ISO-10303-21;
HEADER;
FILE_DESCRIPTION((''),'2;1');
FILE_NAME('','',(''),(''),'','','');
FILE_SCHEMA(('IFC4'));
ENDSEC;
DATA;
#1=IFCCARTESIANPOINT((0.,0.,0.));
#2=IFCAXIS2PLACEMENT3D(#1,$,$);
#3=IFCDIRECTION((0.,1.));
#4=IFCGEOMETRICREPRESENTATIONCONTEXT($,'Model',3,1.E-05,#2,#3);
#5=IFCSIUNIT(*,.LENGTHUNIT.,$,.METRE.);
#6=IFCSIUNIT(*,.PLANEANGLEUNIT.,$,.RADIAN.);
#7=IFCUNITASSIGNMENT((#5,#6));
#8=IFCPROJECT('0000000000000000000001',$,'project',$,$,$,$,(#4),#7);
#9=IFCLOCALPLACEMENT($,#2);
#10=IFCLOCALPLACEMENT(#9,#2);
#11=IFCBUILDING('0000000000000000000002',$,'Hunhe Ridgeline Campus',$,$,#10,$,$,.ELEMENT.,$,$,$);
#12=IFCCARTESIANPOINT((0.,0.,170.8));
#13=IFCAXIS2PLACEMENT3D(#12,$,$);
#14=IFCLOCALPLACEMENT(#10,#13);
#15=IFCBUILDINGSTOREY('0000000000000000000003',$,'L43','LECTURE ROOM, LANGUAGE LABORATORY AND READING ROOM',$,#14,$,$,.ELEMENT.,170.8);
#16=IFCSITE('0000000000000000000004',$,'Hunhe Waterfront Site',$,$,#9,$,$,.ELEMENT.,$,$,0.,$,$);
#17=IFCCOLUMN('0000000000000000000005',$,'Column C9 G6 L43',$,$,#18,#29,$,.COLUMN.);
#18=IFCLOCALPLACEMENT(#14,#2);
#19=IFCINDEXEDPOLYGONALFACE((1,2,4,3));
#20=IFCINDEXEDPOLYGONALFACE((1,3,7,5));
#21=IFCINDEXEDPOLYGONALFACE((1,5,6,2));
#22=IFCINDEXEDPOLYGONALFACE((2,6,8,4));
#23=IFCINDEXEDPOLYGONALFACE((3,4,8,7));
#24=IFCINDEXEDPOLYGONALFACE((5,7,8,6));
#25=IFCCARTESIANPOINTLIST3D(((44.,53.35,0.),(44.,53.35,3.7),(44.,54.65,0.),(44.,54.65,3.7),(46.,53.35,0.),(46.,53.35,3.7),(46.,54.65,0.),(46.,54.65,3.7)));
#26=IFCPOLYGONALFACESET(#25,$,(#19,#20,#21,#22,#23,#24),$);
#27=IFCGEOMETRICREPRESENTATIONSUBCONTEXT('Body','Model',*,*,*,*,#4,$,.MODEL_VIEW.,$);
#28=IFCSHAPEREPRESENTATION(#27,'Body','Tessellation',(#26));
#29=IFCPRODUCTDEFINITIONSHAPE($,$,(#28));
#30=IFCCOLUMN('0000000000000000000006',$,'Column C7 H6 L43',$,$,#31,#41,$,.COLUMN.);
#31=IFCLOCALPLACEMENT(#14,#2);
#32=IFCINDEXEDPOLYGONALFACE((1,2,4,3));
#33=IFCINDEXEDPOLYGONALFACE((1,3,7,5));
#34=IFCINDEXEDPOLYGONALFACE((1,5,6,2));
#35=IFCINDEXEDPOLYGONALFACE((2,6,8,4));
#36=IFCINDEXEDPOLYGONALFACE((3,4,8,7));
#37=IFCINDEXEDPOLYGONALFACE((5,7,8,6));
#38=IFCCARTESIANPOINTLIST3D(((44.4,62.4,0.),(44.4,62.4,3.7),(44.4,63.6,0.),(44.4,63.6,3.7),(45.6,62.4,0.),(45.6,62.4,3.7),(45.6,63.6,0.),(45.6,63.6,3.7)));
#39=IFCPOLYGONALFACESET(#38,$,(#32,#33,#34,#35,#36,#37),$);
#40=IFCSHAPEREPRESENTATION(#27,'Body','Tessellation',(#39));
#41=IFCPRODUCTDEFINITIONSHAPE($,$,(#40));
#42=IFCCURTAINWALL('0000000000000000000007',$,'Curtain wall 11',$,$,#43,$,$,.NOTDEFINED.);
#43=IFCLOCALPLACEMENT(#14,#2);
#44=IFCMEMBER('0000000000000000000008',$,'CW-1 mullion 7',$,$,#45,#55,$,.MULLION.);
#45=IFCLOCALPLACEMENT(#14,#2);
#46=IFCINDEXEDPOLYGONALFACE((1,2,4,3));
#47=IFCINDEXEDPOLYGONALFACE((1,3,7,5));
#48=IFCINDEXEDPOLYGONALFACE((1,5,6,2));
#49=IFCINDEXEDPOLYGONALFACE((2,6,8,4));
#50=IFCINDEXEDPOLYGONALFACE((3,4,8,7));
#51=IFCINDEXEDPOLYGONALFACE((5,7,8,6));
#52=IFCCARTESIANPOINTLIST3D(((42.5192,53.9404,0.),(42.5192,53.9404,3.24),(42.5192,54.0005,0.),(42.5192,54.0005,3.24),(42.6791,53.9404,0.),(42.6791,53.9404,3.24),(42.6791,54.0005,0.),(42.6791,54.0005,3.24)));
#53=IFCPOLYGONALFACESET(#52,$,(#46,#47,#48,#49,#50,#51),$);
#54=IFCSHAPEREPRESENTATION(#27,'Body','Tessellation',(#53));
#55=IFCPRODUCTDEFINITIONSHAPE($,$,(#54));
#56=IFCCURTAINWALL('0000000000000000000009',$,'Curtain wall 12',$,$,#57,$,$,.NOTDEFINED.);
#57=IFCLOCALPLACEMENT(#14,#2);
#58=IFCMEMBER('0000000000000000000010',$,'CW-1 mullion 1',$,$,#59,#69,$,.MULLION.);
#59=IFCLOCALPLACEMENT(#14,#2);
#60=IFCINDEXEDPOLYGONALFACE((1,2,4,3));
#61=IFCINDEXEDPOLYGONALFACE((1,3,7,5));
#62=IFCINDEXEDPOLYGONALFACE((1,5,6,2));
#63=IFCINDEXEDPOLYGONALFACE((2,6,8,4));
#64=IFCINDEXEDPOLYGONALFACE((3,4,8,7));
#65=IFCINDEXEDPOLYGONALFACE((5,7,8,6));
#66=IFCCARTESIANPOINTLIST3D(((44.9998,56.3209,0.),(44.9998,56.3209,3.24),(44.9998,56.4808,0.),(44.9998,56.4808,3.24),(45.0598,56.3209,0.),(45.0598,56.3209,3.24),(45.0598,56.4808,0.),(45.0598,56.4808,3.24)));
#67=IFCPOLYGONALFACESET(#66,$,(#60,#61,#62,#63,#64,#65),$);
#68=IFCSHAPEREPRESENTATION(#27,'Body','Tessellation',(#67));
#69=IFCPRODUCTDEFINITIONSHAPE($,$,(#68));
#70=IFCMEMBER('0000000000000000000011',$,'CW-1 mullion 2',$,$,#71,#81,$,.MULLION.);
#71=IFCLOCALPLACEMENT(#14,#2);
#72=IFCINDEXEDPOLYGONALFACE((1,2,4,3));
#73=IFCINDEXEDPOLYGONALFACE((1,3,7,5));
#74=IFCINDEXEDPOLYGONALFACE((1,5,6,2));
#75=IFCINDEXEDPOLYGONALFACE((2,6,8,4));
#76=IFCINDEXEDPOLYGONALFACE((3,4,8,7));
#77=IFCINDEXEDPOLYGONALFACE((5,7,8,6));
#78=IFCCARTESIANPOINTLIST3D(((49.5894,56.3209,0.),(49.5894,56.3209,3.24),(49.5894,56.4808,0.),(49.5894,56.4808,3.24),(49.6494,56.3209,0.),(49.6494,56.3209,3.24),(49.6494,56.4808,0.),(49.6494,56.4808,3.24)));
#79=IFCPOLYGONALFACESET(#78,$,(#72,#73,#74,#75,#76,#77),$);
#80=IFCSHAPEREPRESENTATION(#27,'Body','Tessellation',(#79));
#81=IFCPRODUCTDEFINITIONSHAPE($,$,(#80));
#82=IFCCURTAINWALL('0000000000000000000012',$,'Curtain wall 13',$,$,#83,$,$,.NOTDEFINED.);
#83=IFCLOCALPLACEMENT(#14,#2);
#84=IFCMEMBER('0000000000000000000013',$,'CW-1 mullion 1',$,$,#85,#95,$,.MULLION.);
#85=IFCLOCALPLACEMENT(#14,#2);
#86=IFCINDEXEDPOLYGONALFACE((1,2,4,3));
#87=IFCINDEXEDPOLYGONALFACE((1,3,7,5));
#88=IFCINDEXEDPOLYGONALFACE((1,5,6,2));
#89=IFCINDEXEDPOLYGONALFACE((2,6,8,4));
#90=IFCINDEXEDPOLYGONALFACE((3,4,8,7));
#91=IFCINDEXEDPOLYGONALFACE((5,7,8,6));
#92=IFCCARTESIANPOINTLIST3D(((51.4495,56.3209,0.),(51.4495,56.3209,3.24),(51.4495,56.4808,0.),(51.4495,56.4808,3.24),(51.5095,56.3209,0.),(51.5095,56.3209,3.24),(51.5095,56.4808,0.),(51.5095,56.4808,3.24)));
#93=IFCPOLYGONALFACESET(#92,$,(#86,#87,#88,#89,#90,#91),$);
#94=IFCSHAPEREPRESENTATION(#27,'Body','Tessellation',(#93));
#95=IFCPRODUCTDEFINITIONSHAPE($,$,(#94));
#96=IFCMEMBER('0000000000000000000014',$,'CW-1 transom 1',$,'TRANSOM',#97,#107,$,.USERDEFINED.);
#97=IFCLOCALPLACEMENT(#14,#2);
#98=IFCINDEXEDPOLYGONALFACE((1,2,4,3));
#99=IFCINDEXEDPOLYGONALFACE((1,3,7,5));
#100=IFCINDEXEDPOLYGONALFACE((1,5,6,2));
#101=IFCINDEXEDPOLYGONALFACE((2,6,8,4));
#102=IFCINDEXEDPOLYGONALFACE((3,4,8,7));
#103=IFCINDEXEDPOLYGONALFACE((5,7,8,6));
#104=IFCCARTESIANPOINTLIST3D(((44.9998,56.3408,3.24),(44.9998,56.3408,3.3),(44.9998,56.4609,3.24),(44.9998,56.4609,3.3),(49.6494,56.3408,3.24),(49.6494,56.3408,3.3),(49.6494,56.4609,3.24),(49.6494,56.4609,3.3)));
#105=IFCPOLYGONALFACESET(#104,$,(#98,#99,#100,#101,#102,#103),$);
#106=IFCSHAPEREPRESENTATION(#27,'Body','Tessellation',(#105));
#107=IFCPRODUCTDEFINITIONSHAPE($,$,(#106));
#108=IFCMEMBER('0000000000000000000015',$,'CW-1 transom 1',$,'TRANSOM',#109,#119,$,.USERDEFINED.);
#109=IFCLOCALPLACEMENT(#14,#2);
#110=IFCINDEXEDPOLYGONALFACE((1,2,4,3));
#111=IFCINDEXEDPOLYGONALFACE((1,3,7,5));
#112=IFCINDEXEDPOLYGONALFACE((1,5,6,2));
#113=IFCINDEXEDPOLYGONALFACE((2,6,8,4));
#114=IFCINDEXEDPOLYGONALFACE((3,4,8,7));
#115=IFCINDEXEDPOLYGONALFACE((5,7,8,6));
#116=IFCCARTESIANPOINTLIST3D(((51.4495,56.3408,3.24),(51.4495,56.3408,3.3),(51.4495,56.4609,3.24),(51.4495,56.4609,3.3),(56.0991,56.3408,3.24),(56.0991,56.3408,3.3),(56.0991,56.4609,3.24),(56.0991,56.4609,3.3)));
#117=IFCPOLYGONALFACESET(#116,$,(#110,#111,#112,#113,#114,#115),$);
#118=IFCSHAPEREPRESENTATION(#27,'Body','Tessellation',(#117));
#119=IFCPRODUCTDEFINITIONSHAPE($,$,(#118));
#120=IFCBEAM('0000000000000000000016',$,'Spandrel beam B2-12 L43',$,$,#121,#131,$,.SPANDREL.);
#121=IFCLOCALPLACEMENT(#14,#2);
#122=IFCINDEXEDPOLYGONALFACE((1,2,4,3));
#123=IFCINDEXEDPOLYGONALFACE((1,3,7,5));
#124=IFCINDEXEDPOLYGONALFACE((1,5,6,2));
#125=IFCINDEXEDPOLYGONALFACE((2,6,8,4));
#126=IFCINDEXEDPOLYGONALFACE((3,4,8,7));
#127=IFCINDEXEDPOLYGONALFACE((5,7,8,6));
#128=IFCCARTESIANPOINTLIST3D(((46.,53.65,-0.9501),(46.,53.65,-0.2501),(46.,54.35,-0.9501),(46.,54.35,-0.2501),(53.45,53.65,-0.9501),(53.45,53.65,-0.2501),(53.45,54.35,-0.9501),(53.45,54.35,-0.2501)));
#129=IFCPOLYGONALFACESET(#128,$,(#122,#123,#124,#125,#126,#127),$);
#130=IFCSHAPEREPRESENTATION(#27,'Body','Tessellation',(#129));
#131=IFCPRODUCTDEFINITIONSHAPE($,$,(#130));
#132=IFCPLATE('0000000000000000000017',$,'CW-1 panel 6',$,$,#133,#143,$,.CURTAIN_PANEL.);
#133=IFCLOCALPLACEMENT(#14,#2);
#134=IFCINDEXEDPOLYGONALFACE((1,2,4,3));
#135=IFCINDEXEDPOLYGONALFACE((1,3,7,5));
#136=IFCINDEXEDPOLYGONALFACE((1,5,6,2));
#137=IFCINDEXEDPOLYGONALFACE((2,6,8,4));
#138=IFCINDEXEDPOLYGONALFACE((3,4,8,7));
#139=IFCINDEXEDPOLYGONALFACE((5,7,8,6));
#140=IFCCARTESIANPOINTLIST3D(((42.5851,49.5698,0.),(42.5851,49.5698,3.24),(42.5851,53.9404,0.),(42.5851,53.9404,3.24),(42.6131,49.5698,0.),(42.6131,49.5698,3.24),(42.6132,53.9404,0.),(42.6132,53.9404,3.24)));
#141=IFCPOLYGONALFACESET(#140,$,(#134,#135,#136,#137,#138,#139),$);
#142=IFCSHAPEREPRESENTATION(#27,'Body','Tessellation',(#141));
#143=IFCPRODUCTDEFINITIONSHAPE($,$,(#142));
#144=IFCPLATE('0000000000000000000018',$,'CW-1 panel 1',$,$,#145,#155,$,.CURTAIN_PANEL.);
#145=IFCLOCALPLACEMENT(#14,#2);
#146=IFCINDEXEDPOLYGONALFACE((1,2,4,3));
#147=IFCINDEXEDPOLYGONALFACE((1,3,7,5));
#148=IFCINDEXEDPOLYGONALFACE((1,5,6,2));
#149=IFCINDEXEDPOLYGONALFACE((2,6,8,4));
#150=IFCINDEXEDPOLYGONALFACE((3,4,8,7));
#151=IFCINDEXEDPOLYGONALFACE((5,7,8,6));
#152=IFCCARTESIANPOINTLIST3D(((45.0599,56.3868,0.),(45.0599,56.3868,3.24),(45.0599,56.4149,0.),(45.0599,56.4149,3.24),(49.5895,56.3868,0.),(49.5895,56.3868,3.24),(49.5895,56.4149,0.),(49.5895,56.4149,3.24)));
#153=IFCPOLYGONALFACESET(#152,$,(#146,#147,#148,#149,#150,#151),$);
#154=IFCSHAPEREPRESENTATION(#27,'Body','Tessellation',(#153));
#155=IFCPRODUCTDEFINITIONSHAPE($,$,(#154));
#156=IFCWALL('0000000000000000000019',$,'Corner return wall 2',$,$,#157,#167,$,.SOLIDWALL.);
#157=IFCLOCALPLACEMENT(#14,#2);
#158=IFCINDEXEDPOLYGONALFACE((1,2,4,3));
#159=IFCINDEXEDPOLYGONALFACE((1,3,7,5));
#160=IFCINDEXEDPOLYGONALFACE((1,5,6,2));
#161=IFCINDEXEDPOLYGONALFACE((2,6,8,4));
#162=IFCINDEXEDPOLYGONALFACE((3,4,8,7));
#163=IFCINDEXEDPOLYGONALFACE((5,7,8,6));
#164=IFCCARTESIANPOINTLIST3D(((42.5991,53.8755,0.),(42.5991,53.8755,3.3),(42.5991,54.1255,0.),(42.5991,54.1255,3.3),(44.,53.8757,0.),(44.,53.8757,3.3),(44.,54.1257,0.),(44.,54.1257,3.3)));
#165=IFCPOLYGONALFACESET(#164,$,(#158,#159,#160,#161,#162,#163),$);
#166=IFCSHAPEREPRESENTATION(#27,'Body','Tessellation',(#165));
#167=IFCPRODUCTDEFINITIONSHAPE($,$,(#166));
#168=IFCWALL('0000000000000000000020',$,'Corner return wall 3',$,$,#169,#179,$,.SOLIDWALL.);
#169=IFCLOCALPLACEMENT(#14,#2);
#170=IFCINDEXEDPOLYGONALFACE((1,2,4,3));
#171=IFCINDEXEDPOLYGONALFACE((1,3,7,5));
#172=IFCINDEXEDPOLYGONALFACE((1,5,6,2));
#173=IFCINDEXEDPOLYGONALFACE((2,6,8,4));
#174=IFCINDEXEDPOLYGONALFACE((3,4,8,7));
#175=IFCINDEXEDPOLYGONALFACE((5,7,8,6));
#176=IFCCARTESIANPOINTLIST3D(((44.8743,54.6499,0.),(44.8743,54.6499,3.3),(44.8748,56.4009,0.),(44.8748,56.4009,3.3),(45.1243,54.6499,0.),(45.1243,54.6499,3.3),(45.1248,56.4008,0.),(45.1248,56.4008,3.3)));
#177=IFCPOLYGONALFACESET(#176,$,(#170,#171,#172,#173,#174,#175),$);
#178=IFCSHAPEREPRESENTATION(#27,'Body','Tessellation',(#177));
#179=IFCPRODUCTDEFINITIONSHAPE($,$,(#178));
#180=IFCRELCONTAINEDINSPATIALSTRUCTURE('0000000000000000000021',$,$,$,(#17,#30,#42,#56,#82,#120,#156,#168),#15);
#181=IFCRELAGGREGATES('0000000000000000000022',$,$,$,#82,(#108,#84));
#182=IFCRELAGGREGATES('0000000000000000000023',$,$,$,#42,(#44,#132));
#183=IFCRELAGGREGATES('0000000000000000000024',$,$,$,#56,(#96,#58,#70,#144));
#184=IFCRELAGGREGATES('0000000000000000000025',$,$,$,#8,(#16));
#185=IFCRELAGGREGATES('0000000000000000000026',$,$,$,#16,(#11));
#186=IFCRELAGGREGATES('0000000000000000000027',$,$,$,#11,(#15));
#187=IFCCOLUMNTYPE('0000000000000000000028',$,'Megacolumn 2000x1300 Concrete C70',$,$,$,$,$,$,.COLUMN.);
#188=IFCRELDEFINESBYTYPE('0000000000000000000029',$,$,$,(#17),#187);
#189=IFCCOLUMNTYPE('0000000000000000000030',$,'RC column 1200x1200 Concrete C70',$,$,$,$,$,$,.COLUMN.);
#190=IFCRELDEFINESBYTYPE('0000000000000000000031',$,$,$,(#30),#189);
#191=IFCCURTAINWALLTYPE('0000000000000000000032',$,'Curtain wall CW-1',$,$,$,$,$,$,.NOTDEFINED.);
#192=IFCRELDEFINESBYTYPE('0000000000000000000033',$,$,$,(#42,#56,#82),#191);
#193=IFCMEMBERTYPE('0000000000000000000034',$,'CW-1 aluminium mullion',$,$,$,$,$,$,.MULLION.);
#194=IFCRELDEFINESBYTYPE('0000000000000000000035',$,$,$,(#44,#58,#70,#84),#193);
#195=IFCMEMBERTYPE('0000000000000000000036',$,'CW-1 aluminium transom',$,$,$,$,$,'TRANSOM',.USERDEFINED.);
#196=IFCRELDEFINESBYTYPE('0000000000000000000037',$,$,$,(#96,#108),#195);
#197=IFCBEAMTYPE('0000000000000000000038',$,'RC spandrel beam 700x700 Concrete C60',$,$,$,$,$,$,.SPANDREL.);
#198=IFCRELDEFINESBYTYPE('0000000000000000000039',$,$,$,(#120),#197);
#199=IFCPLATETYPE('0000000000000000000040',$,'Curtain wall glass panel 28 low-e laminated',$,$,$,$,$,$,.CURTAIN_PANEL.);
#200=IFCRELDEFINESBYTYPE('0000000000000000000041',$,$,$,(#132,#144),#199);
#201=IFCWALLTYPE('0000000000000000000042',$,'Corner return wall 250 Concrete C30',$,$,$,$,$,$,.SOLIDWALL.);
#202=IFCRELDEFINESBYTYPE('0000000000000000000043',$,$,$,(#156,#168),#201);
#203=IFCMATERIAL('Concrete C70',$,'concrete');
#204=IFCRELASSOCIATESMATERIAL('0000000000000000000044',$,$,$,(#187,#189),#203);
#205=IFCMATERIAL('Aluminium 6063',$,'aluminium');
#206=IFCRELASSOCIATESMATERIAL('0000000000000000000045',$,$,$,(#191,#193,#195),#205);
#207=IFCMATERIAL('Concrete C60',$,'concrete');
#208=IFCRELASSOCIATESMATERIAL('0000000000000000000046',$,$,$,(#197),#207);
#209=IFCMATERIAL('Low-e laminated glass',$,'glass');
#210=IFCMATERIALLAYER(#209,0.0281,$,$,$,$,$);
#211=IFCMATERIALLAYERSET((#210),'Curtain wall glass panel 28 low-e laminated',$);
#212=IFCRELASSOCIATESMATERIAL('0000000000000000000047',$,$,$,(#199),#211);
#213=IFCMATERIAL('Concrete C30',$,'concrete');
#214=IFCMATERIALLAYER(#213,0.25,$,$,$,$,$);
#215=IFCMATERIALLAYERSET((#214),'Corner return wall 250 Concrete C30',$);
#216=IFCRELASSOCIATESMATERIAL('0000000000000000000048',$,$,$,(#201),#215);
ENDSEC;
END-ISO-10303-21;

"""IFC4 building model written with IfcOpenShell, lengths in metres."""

from ifc_helpers import new_model, si_unit, direction, frame, frame_2d, origin, origin_2d, place, context, subcontext, project, spatial, rectangle, extrude, material, layer, layer_set, material_profile, profile_set, type_object, element, aggregate, save


model = new_model("IFC4")

# Units and contexts
model_context = context("Model", 3, precision=1e-05, world=origin(), true_north=direction((0.0, 1.0)))
body_context = subcontext(model_context, "Body", "Model", "MODEL_VIEW")
ifc_project = project(units=[si_unit("LENGTHUNIT", "METRE"), si_unit("PLANEANGLEUNIT", "RADIAN")], contexts=[model_context])

# Site, building, storey
site_placement = place(None, origin())
site = spatial("IfcSite", under=ifc_project, at=site_placement, Name="Hunhe Waterfront Site", CompositionType="ELEMENT", RefElevation=0.0)
building_placement = place(site_placement, origin())
building = spatial("IfcBuilding", under=site, at=building_placement, Name="Hunhe Ridgeline Campus", CompositionType="ELEMENT")
storey_placement = place(building_placement, frame((0.0, 0.0, 170.8)))
storey = spatial("IfcBuildingStorey", under=building, at=storey_placement, Name="L43", Description="LECTURE ROOM, LANGUAGE LABORATORY AND READING ROOM", CompositionType="ELEMENT", Elevation=170.8)

# Columns
ifc_material_1 = material(Name="Concrete C70", Category="concrete")
ifc_material_profile_1 = material_profile(ifc_material_1, rectangle(XDim=2.0, YDim=1.3, at=origin_2d()))
ifc_profile_set_1 = profile_set([ifc_material_profile_1], Name="Concrete C70")
column_type_1 = type_object("IfcColumnType", Name="Megacolumn 2000x1300 Concrete C70", PredefinedType="COLUMN", material=ifc_profile_set_1)
column_1_placement = place(storey_placement, frame((45.0, 54.0, 0.0), z_axis=(0.0, 0.0, 1.0), x_axis=(1.0, 0.0, 0.0)))
element("IfcColumn", 1, at=column_1_placement, inside=storey, type_object=column_type_1, Name="Column C9 G6 L43", PredefinedType="COLUMN", context=body_context, shape_type="SweptSolid", body=[
    extrude(rectangle(XDim=2.0, YDim=1.3, at=origin_2d()), origin(), (0.0, 0.0, 1.0), 3.7),
])
ifc_material_profile_2 = material_profile(ifc_material_1, rectangle(XDim=1.2, YDim=1.2, at=origin_2d()))
ifc_profile_set_2 = profile_set([ifc_material_profile_2], Name="Concrete C70")
column_type_2 = type_object("IfcColumnType", Name="RC column 1200x1200 Concrete C70", PredefinedType="COLUMN", material=ifc_profile_set_2)
column_2_placement = place(storey_placement, frame((45.0, 63.0, 0.0), z_axis=(0.0, 0.0, 1.0), x_axis=(1.0, 0.0, 0.0)))
element("IfcColumn", 2, at=column_2_placement, inside=storey, type_object=column_type_2, Name="Column C7 H6 L43", PredefinedType="COLUMN", context=body_context, shape_type="SweptSolid", body=[
    extrude(rectangle(XDim=1.2, YDim=1.2, at=origin_2d()), origin(), (0.0, 0.0, 1.0), 3.7),
])

# Curtain wall, member
ifc_material_2 = material(Name="Aluminium 6063", Category="aluminium")
curtain_wall_type = type_object("IfcCurtainWallType", Name="Curtain wall CW-1", PredefinedType="NOTDEFINED", material=ifc_material_2)
curtain_wall_1_placement = place(storey_placement, origin())
curtain_wall_1 = element("IfcCurtainWall", 3, at=curtain_wall_1_placement, inside=storey, type_object=curtain_wall_type, Name="Curtain wall 11", PredefinedType="NOTDEFINED")
ifc_material_profile_3 = material_profile(ifc_material_2, rectangle(XDim=0.1599, YDim=0.0601, at=origin_2d()))
ifc_profile_set_3 = profile_set([ifc_material_profile_3], Name="Aluminium 6063")
member_type_1 = type_object("IfcMemberType", Name="CW-1 aluminium mullion", PredefinedType="MULLION", material=ifc_profile_set_3)
member_1_placement = place(storey_placement, frame((42.5991, 53.9705, 0.0), z_axis=(0.0, 0.0, 1.0), x_axis=(-1.0, 0.000004, 0.0)))
member_1 = element("IfcMember", 4, at=member_1_placement, type_object=member_type_1, Name="CW-1 mullion 7", PredefinedType="MULLION", context=body_context, shape_type="SweptSolid", body=[
    extrude(rectangle(XDim=0.1599, YDim=0.0601, at=origin_2d()), origin(), (0.0, 0.0, 1.0), 3.24),
])

# Curtain wall, members
curtain_wall_2_placement = place(storey_placement, origin())
curtain_wall_2 = element("IfcCurtainWall", 5, at=curtain_wall_2_placement, inside=storey, type_object=curtain_wall_type, Name="Curtain wall 12", PredefinedType="NOTDEFINED")
member_2_placement = place(storey_placement, frame((45.0298, 56.4009, 0.0), z_axis=(0.0, 0.0, 1.0), x_axis=(-0.000002, 1.0, 0.0)))
member_2 = element("IfcMember", 6, at=member_2_placement, type_object=member_type_1, Name="CW-1 mullion 1", PredefinedType="MULLION", context=body_context, shape_type="SweptSolid", body=[
    extrude(rectangle(XDim=0.1599, YDim=0.0601, at=origin_2d()), origin(), (0.0, 0.0, 1.0), 3.24),
])
member_3_placement = place(storey_placement, frame((49.6194, 56.4009, 0.0), z_axis=(0.0, 0.0, 1.0), x_axis=(-0.000002, 1.0, 0.0)))
member_3 = element("IfcMember", 7, at=member_3_placement, type_object=member_type_1, Name="CW-1 mullion 2", PredefinedType="MULLION", context=body_context, shape_type="SweptSolid", body=[
    extrude(rectangle(XDim=0.1599, YDim=0.0601, at=origin_2d()), origin(), (0.0, 0.0, 1.0), 3.24),
])

# Curtain wall, member
curtain_wall_3_placement = place(storey_placement, origin())
curtain_wall_3 = element("IfcCurtainWall", 8, at=curtain_wall_3_placement, inside=storey, type_object=curtain_wall_type, Name="Curtain wall 13", PredefinedType="NOTDEFINED")
member_4_placement = place(storey_placement, frame((51.4795, 56.4009, 0.0), z_axis=(0.0, 0.0, 1.0), x_axis=(-0.000002, 1.0, 0.0)))
member_4 = element("IfcMember", 9, at=member_4_placement, type_object=member_type_1, Name="CW-1 mullion 1", PredefinedType="MULLION", context=body_context, shape_type="SweptSolid", body=[
    extrude(rectangle(XDim=0.1599, YDim=0.0601, at=origin_2d()), origin(), (0.0, 0.0, 1.0), 3.24),
])

# Members
ifc_material_profile_4 = material_profile(ifc_material_2, rectangle(XDim=0.1201, YDim=0.0601, at=origin_2d()))
ifc_profile_set_4 = profile_set([ifc_material_profile_4], Name="Aluminium 6063")
member_type_2 = type_object("IfcMemberType", Name="CW-1 aluminium transom", ElementType="TRANSOM", PredefinedType="USERDEFINED", material=ifc_profile_set_4)
member_5_placement = place(storey_placement, frame((44.9998, 56.4009, 3.27), z_axis=(1.0, 0.0, 0.0), x_axis=(0.0, 1.0, 0.0)))
member_5 = element("IfcMember", 10, at=member_5_placement, type_object=member_type_2, Name="CW-1 transom 1", ObjectType="TRANSOM", PredefinedType="USERDEFINED", context=body_context, shape_type="SweptSolid", body=[
    extrude(rectangle(XDim=0.1201, YDim=0.0601, at=origin_2d()), origin(), (0.0, 0.0, 1.0), 4.6497),
])
member_6_placement = place(storey_placement, frame((51.4495, 56.4009, 3.27), z_axis=(1.0, 0.0, 0.0), x_axis=(0.0, 1.0, 0.0)))
member_6 = element("IfcMember", 11, at=member_6_placement, type_object=member_type_2, Name="CW-1 transom 1", ObjectType="TRANSOM", PredefinedType="USERDEFINED", context=body_context, shape_type="SweptSolid", body=[
    extrude(rectangle(XDim=0.1201, YDim=0.0601, at=origin_2d()), origin(), (0.0, 0.0, 1.0), 4.6497),
])
aggregate(curtain_wall_3, [member_6, member_4])

# Beam
ifc_material_3 = material(Name="Concrete C60", Category="concrete")
ifc_material_profile_5 = material_profile(ifc_material_3, rectangle(XDim=0.7, YDim=0.7, at=origin_2d()))
ifc_profile_set_5 = profile_set([ifc_material_profile_5], Name="Concrete C60")
beam_type = type_object("IfcBeamType", Name="RC spandrel beam 700x700 Concrete C60", PredefinedType="SPANDREL", material=ifc_profile_set_5)
beam_placement = place(storey_placement, frame((46.0, 54.0, -0.6001), z_axis=(1.0, 0.0, 0.0), x_axis=(0.0, 1.0, 0.0)))
element("IfcBeam", 12, at=beam_placement, inside=storey, type_object=beam_type, Name="Spandrel beam B2-12 L43", PredefinedType="SPANDREL", context=body_context, shape_type="SweptSolid", body=[
    extrude(rectangle(XDim=0.7, YDim=0.7, at=origin_2d()), origin(), (0.0, 0.0, 1.0), 7.45),
])

# Plates
ifc_material_4 = material(Name="Low-e laminated glass", Category="glass")
ifc_layer_1 = layer(ifc_material_4, 0.0281)
ifc_layer_set_1 = layer_set([ifc_layer_1], Name="Curtain wall glass panel 28 low-e laminated")
plate_type = type_object("IfcPlateType", Name="Curtain wall glass panel 28 low-e laminated", PredefinedType="CURTAIN_PANEL", material=ifc_layer_set_1)
plate_1_placement = place(storey_placement, frame((42.5991, 51.7551, 0.0), z_axis=(0.0, 0.0, 1.0), x_axis=(0.000004, 1.0, 0.0)))
plate_1 = element("IfcPlate", 13, at=plate_1_placement, type_object=plate_type, Name="CW-1 panel 6", PredefinedType="CURTAIN_PANEL", context=body_context, shape_type="SweptSolid", body=[
    extrude(rectangle(XDim=4.3706, YDim=0.0281, at=origin_2d()), origin(), (0.0, 0.0, 1.0), 3.24),
])
aggregate(curtain_wall_1, [member_1, plate_1])
plate_2_placement = place(storey_placement, frame((47.3247, 56.4009, 0.0), z_axis=(0.0, 0.0, 1.0), x_axis=(1.0, 0.000002, 0.0)))
plate_2 = element("IfcPlate", 14, at=plate_2_placement, type_object=plate_type, Name="CW-1 panel 1", PredefinedType="CURTAIN_PANEL", context=body_context, shape_type="SweptSolid", body=[
    extrude(rectangle(XDim=4.5295, YDim=0.0281, at=origin_2d()), origin(), (0.0, 0.0, 1.0), 3.24),
])
aggregate(curtain_wall_2, [member_5, member_2, member_3, plate_2])

# Walls
ifc_material_5 = material(Name="Concrete C30", Category="concrete")
ifc_layer_2 = layer(ifc_material_5, 0.25)
ifc_layer_set_2 = layer_set([ifc_layer_2], Name="Corner return wall 250 Concrete C30")
wall_type_1 = type_object("IfcWallType", Name="Corner return wall 250 Concrete C30", PredefinedType="SOLIDWALL", material=ifc_layer_set_2)
wall_1_placement = place(storey_placement, frame((42.5991, 54.0005, 0.0), z_axis=(0.0, 0.0, 1.0), x_axis=(1.0, 0.000174, 0.0)))
element("IfcWall", 15, at=wall_1_placement, inside=storey, type_object=wall_type_1, Name="Corner return wall 2", PredefinedType="SOLIDWALL", context=body_context, shape_type="SweptSolid", body=[
    extrude(rectangle(XDim=1.4009, YDim=0.25, at=frame_2d((0.7004, 0.0))), origin(), (0.0, 0.0, 1.0), 3.3),
])
wall_2_placement = place(storey_placement, frame((44.9993, 54.6499, 0.0), z_axis=(0.0, 0.0, 1.0), x_axis=(0.000279, 1.0, 0.0)))
element("IfcWall", 16, at=wall_2_placement, inside=storey, type_object=wall_type_1, Name="Corner return wall 3", PredefinedType="SOLIDWALL", context=body_context, shape_type="SweptSolid", body=[
    extrude(rectangle(XDim=1.751, YDim=0.25, at=frame_2d((0.8755, 0.0))), origin(), (0.0, 0.0, 1.0), 3.3),
])

save(model, "model.ifc")
